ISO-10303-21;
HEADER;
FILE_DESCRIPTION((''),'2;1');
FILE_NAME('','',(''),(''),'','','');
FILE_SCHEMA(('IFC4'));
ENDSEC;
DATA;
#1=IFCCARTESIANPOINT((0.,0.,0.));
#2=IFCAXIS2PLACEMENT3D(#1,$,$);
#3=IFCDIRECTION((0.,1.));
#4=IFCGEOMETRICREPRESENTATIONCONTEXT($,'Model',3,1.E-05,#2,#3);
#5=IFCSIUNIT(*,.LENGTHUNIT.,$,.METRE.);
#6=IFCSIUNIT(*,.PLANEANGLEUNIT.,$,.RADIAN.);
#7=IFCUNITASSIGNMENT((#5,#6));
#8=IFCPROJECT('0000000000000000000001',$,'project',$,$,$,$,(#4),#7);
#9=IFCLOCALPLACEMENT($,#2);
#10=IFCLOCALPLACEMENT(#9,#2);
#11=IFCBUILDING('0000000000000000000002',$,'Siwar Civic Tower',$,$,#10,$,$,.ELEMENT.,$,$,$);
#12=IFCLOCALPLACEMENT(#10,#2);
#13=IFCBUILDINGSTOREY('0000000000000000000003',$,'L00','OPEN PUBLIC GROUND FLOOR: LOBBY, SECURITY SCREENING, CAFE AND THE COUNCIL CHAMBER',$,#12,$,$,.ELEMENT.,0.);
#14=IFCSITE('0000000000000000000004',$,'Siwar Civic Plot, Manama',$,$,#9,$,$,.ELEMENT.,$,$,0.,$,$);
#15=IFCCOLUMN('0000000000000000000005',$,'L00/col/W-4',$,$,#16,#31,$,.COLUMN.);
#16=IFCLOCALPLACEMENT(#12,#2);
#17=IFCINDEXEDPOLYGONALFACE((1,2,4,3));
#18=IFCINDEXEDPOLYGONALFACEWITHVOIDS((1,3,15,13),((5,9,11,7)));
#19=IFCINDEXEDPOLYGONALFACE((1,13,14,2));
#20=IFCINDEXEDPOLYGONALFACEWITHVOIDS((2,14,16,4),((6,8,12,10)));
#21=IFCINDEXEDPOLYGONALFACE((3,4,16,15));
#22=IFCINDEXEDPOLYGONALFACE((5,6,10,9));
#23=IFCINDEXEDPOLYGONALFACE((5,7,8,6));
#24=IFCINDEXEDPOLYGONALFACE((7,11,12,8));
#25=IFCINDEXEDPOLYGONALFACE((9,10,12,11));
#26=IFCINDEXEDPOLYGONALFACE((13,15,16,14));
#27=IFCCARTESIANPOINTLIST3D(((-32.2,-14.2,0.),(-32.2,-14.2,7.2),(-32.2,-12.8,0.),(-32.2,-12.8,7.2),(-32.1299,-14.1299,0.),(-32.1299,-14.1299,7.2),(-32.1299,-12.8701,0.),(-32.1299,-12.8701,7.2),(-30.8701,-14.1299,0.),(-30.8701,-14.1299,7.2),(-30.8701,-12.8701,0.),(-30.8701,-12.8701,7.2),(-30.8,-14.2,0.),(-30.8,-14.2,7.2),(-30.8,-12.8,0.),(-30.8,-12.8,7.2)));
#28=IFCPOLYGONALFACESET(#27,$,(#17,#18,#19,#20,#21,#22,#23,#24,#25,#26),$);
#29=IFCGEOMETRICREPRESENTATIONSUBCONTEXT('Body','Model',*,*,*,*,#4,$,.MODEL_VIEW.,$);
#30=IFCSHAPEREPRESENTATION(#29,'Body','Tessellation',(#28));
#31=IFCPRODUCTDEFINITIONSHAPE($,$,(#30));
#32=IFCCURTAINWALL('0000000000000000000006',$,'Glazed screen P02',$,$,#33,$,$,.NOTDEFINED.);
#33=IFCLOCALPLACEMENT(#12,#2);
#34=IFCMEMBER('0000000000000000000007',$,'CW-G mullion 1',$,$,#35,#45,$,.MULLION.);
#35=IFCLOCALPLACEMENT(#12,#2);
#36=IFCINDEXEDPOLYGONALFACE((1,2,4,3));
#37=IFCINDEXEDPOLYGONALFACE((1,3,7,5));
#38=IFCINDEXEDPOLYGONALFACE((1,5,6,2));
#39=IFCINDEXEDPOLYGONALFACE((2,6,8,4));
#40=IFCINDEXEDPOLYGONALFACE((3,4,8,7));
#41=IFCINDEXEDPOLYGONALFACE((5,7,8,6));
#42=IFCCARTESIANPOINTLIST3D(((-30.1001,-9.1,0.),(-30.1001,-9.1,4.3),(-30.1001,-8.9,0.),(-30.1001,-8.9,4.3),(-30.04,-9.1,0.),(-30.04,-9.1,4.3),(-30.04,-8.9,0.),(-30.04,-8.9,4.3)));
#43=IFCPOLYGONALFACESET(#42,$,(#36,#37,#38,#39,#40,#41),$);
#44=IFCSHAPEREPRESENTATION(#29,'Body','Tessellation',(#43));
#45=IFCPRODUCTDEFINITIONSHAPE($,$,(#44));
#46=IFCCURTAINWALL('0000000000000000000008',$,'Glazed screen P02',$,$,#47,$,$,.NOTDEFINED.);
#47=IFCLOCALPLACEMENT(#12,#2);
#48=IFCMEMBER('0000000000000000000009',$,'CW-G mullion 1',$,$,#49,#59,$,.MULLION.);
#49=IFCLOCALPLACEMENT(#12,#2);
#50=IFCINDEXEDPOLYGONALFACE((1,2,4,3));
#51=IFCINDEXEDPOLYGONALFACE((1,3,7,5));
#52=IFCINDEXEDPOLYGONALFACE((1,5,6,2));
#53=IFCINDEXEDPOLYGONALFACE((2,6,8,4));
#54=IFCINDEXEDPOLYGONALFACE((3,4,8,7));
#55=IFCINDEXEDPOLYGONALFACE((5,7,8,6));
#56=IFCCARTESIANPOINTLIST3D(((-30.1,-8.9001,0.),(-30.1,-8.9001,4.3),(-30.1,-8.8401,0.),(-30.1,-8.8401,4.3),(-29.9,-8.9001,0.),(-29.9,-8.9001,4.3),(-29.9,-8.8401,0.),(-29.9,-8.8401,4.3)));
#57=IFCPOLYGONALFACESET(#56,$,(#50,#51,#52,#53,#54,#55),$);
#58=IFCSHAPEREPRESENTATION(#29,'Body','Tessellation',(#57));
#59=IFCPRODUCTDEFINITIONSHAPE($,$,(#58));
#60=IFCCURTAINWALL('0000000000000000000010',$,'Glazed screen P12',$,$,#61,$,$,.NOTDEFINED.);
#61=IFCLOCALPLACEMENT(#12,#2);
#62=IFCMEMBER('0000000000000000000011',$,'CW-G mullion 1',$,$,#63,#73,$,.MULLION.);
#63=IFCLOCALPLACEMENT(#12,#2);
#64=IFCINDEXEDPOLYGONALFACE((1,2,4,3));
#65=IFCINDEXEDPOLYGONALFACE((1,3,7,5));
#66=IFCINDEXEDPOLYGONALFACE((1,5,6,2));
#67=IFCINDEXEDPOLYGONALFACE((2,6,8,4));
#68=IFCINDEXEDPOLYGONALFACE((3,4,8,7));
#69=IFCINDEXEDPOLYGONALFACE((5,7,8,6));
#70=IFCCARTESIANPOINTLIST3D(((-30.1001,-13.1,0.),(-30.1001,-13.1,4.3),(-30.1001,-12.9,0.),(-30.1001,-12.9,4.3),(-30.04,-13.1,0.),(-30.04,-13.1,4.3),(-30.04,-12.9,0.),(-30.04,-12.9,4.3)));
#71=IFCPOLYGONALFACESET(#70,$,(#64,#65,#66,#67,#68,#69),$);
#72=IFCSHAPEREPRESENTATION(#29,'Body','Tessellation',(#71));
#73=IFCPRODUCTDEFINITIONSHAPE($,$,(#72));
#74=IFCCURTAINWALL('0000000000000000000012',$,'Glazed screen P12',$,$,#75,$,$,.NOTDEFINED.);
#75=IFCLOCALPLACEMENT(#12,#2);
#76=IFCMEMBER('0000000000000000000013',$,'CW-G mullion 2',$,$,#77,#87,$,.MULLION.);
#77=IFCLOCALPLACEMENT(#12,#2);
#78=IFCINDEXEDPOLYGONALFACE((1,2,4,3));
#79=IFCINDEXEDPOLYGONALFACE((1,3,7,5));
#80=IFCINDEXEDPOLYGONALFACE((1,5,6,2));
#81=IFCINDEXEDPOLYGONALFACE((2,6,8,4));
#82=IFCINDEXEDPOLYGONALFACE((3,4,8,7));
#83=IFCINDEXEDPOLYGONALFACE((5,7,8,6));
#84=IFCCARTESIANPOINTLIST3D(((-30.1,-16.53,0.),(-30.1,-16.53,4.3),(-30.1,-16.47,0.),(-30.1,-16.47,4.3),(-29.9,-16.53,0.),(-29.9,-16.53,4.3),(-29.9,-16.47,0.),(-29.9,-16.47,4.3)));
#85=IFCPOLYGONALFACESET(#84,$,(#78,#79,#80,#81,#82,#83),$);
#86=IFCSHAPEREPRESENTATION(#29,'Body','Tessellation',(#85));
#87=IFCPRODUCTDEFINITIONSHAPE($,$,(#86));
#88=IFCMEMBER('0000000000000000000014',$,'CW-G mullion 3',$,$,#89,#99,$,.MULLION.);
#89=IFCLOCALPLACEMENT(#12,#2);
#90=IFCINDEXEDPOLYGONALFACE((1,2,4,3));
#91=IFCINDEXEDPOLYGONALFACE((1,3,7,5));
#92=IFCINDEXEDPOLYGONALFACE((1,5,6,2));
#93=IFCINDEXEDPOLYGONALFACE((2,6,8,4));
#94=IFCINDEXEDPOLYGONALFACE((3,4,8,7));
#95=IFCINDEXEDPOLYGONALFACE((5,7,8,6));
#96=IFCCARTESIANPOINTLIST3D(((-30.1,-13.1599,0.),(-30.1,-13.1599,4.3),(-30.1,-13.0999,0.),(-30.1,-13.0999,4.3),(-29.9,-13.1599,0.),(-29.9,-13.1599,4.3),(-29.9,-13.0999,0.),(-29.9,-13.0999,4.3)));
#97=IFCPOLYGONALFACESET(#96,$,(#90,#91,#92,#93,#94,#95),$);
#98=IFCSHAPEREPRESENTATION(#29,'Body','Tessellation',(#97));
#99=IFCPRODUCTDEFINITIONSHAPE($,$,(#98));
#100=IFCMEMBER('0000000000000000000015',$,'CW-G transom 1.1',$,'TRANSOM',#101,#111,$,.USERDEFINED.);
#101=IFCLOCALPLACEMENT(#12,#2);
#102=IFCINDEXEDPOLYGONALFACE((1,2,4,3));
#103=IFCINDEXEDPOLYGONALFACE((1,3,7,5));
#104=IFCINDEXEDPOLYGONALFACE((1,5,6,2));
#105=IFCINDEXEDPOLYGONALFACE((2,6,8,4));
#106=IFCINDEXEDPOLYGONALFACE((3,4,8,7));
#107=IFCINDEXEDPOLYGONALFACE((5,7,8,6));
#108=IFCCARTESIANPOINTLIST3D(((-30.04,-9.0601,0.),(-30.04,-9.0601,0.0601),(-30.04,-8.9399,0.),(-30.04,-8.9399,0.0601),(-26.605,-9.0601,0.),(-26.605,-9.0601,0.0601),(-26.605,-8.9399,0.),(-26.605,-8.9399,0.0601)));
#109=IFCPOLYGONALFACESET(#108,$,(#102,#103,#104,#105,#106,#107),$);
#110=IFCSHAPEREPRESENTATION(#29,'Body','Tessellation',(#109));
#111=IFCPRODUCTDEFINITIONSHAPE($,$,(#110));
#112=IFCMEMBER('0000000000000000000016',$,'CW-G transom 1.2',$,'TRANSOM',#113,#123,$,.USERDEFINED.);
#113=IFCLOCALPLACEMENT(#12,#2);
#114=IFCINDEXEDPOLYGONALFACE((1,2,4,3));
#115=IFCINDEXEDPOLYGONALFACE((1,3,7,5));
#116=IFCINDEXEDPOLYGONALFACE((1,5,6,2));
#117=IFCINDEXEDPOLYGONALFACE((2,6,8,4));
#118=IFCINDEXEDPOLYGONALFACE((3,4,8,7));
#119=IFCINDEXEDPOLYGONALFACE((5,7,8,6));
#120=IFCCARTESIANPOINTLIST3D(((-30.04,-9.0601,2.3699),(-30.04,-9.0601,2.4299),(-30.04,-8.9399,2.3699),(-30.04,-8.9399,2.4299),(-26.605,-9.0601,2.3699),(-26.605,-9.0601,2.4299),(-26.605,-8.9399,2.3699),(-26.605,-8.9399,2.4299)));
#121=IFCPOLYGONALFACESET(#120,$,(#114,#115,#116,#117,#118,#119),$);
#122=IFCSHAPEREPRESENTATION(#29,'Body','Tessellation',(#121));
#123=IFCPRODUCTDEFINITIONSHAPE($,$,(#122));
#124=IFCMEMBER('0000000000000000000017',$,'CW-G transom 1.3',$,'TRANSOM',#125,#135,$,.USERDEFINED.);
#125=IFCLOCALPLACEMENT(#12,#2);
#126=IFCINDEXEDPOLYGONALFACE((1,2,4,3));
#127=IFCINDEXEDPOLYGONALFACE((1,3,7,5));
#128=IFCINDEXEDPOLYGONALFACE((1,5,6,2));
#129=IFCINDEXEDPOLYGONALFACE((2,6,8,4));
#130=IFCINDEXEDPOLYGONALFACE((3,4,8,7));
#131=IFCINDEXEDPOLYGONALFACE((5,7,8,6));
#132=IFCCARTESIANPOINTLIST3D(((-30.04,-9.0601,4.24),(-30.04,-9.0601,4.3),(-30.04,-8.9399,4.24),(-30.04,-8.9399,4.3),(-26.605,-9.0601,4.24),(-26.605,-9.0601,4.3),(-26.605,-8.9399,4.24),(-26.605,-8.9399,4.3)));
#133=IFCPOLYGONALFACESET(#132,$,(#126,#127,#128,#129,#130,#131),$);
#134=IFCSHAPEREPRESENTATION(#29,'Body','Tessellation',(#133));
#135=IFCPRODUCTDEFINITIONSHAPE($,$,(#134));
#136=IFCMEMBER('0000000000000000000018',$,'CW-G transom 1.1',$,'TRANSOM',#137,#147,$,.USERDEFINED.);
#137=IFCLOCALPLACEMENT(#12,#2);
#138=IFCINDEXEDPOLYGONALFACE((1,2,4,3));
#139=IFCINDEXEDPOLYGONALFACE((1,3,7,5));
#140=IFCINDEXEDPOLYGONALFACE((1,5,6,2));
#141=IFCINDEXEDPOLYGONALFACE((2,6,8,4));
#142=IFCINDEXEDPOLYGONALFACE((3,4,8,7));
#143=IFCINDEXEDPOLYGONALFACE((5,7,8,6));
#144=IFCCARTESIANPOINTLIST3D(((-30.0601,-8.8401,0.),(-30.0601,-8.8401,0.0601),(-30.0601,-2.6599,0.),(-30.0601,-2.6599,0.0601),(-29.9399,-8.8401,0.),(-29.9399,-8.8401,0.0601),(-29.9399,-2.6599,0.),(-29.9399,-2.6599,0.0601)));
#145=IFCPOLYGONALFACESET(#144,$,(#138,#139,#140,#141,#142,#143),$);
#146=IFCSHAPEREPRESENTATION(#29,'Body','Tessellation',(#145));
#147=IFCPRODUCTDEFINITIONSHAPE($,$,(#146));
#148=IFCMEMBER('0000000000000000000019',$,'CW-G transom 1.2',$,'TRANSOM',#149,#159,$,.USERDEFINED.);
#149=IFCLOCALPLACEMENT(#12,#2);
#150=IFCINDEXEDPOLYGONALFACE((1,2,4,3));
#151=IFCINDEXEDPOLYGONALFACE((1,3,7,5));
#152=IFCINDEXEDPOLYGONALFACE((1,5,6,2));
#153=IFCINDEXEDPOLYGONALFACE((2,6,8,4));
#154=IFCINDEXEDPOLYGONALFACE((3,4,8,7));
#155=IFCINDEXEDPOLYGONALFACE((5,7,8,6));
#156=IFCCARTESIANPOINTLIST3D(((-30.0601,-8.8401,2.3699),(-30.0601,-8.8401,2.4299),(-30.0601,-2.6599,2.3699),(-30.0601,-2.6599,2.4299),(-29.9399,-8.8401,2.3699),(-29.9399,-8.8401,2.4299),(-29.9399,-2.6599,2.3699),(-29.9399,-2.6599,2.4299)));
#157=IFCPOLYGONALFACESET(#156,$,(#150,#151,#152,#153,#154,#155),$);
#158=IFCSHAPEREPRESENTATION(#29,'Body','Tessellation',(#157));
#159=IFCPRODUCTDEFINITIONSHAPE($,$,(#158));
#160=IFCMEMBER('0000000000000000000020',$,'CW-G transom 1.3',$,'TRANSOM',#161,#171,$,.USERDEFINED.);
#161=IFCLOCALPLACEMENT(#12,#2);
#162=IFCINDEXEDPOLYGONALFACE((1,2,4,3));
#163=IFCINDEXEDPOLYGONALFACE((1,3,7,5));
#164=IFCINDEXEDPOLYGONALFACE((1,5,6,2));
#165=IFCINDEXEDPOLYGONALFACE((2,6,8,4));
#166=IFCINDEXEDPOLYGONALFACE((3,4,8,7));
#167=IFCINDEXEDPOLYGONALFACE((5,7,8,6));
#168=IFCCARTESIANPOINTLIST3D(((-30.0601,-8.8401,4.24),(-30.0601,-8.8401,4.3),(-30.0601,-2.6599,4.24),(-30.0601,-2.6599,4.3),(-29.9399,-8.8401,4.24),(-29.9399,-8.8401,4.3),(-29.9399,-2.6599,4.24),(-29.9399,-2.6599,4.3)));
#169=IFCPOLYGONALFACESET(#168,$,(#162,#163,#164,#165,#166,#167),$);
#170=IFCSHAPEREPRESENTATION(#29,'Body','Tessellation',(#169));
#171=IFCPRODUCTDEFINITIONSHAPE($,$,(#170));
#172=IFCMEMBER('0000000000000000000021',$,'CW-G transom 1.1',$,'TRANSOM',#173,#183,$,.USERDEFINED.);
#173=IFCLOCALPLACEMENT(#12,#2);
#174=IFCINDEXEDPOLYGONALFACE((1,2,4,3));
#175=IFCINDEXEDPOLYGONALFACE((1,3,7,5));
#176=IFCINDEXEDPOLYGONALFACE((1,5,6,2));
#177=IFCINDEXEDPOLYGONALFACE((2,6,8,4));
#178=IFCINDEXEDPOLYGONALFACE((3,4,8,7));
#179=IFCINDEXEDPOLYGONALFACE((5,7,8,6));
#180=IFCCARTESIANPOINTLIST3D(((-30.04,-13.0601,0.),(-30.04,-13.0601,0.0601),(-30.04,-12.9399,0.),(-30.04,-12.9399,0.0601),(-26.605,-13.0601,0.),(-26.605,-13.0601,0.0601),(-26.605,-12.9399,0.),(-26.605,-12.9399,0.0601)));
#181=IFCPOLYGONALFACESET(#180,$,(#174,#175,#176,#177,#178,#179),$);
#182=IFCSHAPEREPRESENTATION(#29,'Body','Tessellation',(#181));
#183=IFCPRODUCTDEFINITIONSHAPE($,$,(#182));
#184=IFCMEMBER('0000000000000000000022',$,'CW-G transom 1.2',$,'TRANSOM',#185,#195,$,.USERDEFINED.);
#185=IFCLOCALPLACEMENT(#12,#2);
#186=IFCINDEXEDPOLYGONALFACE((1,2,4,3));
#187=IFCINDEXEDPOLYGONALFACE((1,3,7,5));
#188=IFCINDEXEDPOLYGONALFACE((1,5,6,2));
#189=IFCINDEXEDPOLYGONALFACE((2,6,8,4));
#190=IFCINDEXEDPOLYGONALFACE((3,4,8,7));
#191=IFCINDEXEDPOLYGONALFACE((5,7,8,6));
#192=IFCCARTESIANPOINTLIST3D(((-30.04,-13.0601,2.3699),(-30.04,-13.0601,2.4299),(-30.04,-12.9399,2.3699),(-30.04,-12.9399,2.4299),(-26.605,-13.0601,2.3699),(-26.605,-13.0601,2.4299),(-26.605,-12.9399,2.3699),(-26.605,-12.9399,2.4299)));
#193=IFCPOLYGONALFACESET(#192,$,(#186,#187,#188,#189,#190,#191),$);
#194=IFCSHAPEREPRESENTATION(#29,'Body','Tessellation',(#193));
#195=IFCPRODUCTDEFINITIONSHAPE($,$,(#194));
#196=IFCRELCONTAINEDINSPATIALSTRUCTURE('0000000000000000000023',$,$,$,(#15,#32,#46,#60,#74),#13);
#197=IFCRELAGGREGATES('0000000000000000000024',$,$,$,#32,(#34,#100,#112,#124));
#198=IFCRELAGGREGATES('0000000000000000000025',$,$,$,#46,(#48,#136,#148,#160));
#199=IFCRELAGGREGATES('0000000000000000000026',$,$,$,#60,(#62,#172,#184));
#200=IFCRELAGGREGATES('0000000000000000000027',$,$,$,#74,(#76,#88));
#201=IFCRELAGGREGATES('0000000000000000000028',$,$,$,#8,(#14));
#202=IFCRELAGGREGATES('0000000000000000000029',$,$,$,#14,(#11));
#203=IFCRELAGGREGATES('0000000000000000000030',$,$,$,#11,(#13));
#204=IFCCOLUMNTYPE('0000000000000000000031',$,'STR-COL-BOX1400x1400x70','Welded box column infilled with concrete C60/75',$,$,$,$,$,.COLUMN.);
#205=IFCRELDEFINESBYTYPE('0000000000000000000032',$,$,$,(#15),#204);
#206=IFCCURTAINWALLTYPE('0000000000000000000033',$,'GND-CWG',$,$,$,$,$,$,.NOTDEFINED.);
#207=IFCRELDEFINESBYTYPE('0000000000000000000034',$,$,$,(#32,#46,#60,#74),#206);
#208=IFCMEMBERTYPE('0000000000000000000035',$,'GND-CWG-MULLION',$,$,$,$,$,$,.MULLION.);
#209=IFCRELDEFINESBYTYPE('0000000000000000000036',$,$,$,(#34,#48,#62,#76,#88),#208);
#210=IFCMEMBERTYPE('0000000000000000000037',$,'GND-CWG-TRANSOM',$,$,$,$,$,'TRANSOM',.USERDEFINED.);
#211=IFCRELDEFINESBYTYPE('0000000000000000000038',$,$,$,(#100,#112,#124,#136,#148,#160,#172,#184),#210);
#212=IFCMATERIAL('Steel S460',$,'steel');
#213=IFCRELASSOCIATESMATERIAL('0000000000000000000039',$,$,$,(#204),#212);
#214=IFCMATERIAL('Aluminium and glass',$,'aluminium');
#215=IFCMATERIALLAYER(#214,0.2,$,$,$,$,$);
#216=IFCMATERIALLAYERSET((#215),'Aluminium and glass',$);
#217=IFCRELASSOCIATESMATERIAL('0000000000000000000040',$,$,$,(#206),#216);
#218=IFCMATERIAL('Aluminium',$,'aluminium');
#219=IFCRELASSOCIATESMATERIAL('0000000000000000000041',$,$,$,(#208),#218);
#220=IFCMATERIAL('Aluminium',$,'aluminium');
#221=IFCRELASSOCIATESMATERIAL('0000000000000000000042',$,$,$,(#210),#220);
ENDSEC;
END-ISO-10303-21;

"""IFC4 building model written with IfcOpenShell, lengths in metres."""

from ifc_helpers import new_model, si_unit, direction, frame, origin, origin_2d, place, context, subcontext, project, spatial, rectangle, hollow_rectangle, extrude, material, layer, layer_set, material_profile, profile_set, type_object, element, aggregate, save


model = new_model("IFC4")

# Units and contexts
model_context = context("Model", 3, precision=1e-05, world=origin(), true_north=direction((0.0, 1.0)))
body_context = subcontext(model_context, "Body", "Model", "MODEL_VIEW")
ifc_project = project(units=[si_unit("LENGTHUNIT", "METRE"), si_unit("PLANEANGLEUNIT", "RADIAN")], contexts=[model_context])

# Site, building, storey
site_placement = place(None, origin())
site = spatial("IfcSite", under=ifc_project, at=site_placement, Name="Siwar Civic Plot, Manama", CompositionType="ELEMENT", RefElevation=0.0)
building_placement = place(site_placement, origin())
building = spatial("IfcBuilding", under=site, at=building_placement, Name="Siwar Civic Tower", CompositionType="ELEMENT")
storey_placement = place(building_placement, origin())
storey = spatial("IfcBuildingStorey", under=building, at=storey_placement, Name="L00", Description="OPEN PUBLIC GROUND FLOOR: LOBBY, SECURITY SCREENING, CAFE AND THE COUNCIL CHAMBER", CompositionType="ELEMENT", Elevation=0.0)

# Column
ifc_material_1 = material(Name="Steel S460", Category="steel")
ifc_material_profile_1 = material_profile(ifc_material_1, hollow_rectangle(XDim=1.3999, YDim=1.3999, WallThickness=0.0701, at=origin_2d()), Name="BOX1400x1400x70")
ifc_profile_set_1 = profile_set([ifc_material_profile_1], Name="Steel S460")
column_type = type_object("IfcColumnType", Name="STR-COL-BOX1400x1400x70", Description="Welded box column infilled with concrete C60/75", PredefinedType="COLUMN", material=ifc_profile_set_1)
column_placement = place(storey_placement, frame((-31.5, -13.5, 0.0), z_axis=(0.0, 0.0, 1.0), x_axis=(1.0, 0.0, 0.0)))
element("IfcColumn", 1, at=column_placement, inside=storey, type_object=column_type, Name="L00/col/W-4", PredefinedType="COLUMN", context=body_context, shape_type="SweptSolid", body=[
    extrude(hollow_rectangle(XDim=1.3999, YDim=1.3999, WallThickness=0.0701, at=origin_2d()), origin(), (0.0, 0.0, 1.0), 7.2),
])

# Curtain walls, members
ifc_material_2 = material(Name="Aluminium and glass", Category="aluminium")
ifc_layer_1 = layer(ifc_material_2, 0.2)
ifc_layer_set_1 = layer_set([ifc_layer_1], Name="Aluminium and glass")
curtain_wall_type = type_object("IfcCurtainWallType", Name="GND-CWG", PredefinedType="NOTDEFINED", material=ifc_layer_set_1)
curtain_wall_1_placement = place(storey_placement, origin())
curtain_wall_1 = element("IfcCurtainWall", 2, at=curtain_wall_1_placement, inside=storey, type_object=curtain_wall_type, Name="Glazed screen P02", PredefinedType="NOTDEFINED")
ifc_material_3 = material(Name="Aluminium", Category="aluminium")
ifc_material_profile_2 = material_profile(ifc_material_3, rectangle(XDim=0.2, YDim=0.0601, at=origin_2d()), Name="AL 200x60")
ifc_profile_set_2 = profile_set([ifc_material_profile_2], Name="Aluminium")
member_type_1 = type_object("IfcMemberType", Name="GND-CWG-MULLION", PredefinedType="MULLION", material=ifc_profile_set_2)
member_1_placement = place(storey_placement, frame((-30.0701, -9.0, 0.0), z_axis=(0.0, 0.0, 1.0), x_axis=(0.0, 1.0, 0.0)))
member_1 = element("IfcMember", 3, at=member_1_placement, type_object=member_type_1, Name="CW-G mullion 1", PredefinedType="MULLION", context=body_context, shape_type="SweptSolid", body=[
    extrude(rectangle(XDim=0.2, YDim=0.0601, at=origin_2d()), origin(), (0.0, 0.0, 1.0), 4.3),
])
curtain_wall_2_placement = place(storey_placement, origin())
curtain_wall_2 = element("IfcCurtainWall", 4, at=curtain_wall_2_placement, inside=storey, type_object=curtain_wall_type, Name="Glazed screen P02", PredefinedType="NOTDEFINED")
member_2_placement = place(storey_placement, frame((-30.0, -8.8701, 0.0), z_axis=(0.0, 0.0, 1.0), x_axis=(-1.0, 0.0, 0.0)))
member_2 = element("IfcMember", 5, at=member_2_placement, type_object=member_type_1, Name="CW-G mullion 1", PredefinedType="MULLION", context=body_context, shape_type="SweptSolid", body=[
    extrude(rectangle(XDim=0.2, YDim=0.0601, at=origin_2d()), origin(), (0.0, 0.0, 1.0), 4.3),
])
curtain_wall_3_placement = place(storey_placement, origin())
curtain_wall_3 = element("IfcCurtainWall", 6, at=curtain_wall_3_placement, inside=storey, type_object=curtain_wall_type, Name="Glazed screen P12", PredefinedType="NOTDEFINED")
member_3_placement = place(storey_placement, frame((-30.0701, -13.0, 0.0), z_axis=(0.0, 0.0, 1.0), x_axis=(0.0, 1.0, 0.0)))
member_3 = element("IfcMember", 7, at=member_3_placement, type_object=member_type_1, Name="CW-G mullion 1", PredefinedType="MULLION", context=body_context, shape_type="SweptSolid", body=[
    extrude(rectangle(XDim=0.2, YDim=0.0601, at=origin_2d()), origin(), (0.0, 0.0, 1.0), 4.3),
])

# Curtain wall, members
curtain_wall_4_placement = place(storey_placement, origin())
curtain_wall_4 = element("IfcCurtainWall", 8, at=curtain_wall_4_placement, inside=storey, type_object=curtain_wall_type, Name="Glazed screen P12", PredefinedType="NOTDEFINED")
member_4_placement = place(storey_placement, frame((-30.0, -16.5, 0.0), z_axis=(0.0, 0.0, 1.0), x_axis=(-1.0, 0.0, 0.0)))
member_4 = element("IfcMember", 9, at=member_4_placement, type_object=member_type_1, Name="CW-G mullion 2", PredefinedType="MULLION", context=body_context, shape_type="SweptSolid", body=[
    extrude(rectangle(XDim=0.2, YDim=0.0601, at=origin_2d()), origin(), (0.0, 0.0, 1.0), 4.3),
])
member_5_placement = place(storey_placement, frame((-30.0, -13.1299, 0.0), z_axis=(0.0, 0.0, 1.0), x_axis=(-1.0, 0.0, 0.0)))
member_5 = element("IfcMember", 10, at=member_5_placement, type_object=member_type_1, Name="CW-G mullion 3", PredefinedType="MULLION", context=body_context, shape_type="SweptSolid", body=[
    extrude(rectangle(XDim=0.2, YDim=0.0601, at=origin_2d()), origin(), (0.0, 0.0, 1.0), 4.3),
])

# Members
ifc_material_4 = material(Name="Aluminium", Category="aluminium")
ifc_material_profile_3 = material_profile(ifc_material_4, rectangle(XDim=0.1201, YDim=0.0601, at=origin_2d()), Name="AL 120x60")
ifc_profile_set_3 = profile_set([ifc_material_profile_3], Name="Aluminium")
member_type_2 = type_object("IfcMemberType", Name="GND-CWG-TRANSOM", ElementType="TRANSOM", PredefinedType="USERDEFINED", material=ifc_profile_set_3)
member_6_placement = place(storey_placement, frame((-30.04, -9.0, 0.03), z_axis=(1.0, 0.0, 0.0), x_axis=(0.0, 1.0, 0.0)))
member_6 = element("IfcMember", 11, at=member_6_placement, type_object=member_type_2, Name="CW-G transom 1.1", ObjectType="TRANSOM", PredefinedType="USERDEFINED", context=body_context, shape_type="SweptSolid", body=[
    extrude(rectangle(XDim=0.1201, YDim=0.0601, at=origin_2d()), origin(), (0.0, 0.0, 1.0), 3.4351),
])
member_7_placement = place(storey_placement, frame((-30.04, -9.0, 2.3999), z_axis=(1.0, 0.0, 0.0), x_axis=(0.0, 1.0, 0.0)))
member_7 = element("IfcMember", 12, at=member_7_placement, type_object=member_type_2, Name="CW-G transom 1.2", ObjectType="TRANSOM", PredefinedType="USERDEFINED", context=body_context, shape_type="SweptSolid", body=[
    extrude(rectangle(XDim=0.1201, YDim=0.0601, at=origin_2d()), origin(), (0.0, 0.0, 1.0), 3.4351),
])
member_8_placement = place(storey_placement, frame((-30.04, -9.0, 4.27), z_axis=(1.0, 0.0, 0.0), x_axis=(0.0, 1.0, 0.0)))
member_8 = element("IfcMember", 13, at=member_8_placement, type_object=member_type_2, Name="CW-G transom 1.3", ObjectType="TRANSOM", PredefinedType="USERDEFINED", context=body_context, shape_type="SweptSolid", body=[
    extrude(rectangle(XDim=0.1201, YDim=0.0601, at=origin_2d()), origin(), (0.0, 0.0, 1.0), 3.4351),
])
aggregate(curtain_wall_1, [member_1, member_6, member_7, member_8])
member_9_placement = place(storey_placement, frame((-30.0, -8.8401, 0.03), z_axis=(0.0, 1.0, 0.0), x_axis=(-1.0, 0.0, 0.0)))
member_9 = element("IfcMember", 14, at=member_9_placement, type_object=member_type_2, Name="CW-G transom 1.1", ObjectType="TRANSOM", PredefinedType="USERDEFINED", context=body_context, shape_type="SweptSolid", body=[
    extrude(rectangle(XDim=0.1201, YDim=0.0601, at=origin_2d()), origin(), (0.0, 0.0, 1.0), 6.1802),
])
member_10_placement = place(storey_placement, frame((-30.0, -8.8401, 2.3999), z_axis=(0.0, 1.0, 0.0), x_axis=(-1.0, 0.0, 0.0)))
member_10 = element("IfcMember", 15, at=member_10_placement, type_object=member_type_2, Name="CW-G transom 1.2", ObjectType="TRANSOM", PredefinedType="USERDEFINED", context=body_context, shape_type="SweptSolid", body=[
    extrude(rectangle(XDim=0.1201, YDim=0.0601, at=origin_2d()), origin(), (0.0, 0.0, 1.0), 6.1802),
])
member_11_placement = place(storey_placement, frame((-30.0, -8.8401, 4.27), z_axis=(0.0, 1.0, 0.0), x_axis=(-1.0, 0.0, 0.0)))
member_11 = element("IfcMember", 16, at=member_11_placement, type_object=member_type_2, Name="CW-G transom 1.3", ObjectType="TRANSOM", PredefinedType="USERDEFINED", context=body_context, shape_type="SweptSolid", body=[
    extrude(rectangle(XDim=0.1201, YDim=0.0601, at=origin_2d()), origin(), (0.0, 0.0, 1.0), 6.1802),
])
aggregate(curtain_wall_2, [member_2, member_9, member_10, member_11])
member_12_placement = place(storey_placement, frame((-30.04, -13.0, 0.03), z_axis=(1.0, 0.0, 0.0), x_axis=(0.0, 1.0, 0.0)))
member_12 = element("IfcMember", 17, at=member_12_placement, type_object=member_type_2, Name="CW-G transom 1.1", ObjectType="TRANSOM", PredefinedType="USERDEFINED", context=body_context, shape_type="SweptSolid", body=[
    extrude(rectangle(XDim=0.1201, YDim=0.0601, at=origin_2d()), origin(), (0.0, 0.0, 1.0), 3.4351),
])
member_13_placement = place(storey_placement, frame((-30.04, -13.0, 2.3999), z_axis=(1.0, 0.0, 0.0), x_axis=(0.0, 1.0, 0.0)))
member_13 = element("IfcMember", 18, at=member_13_placement, type_object=member_type_2, Name="CW-G transom 1.2", ObjectType="TRANSOM", PredefinedType="USERDEFINED", context=body_context, shape_type="SweptSolid", body=[
    extrude(rectangle(XDim=0.1201, YDim=0.0601, at=origin_2d()), origin(), (0.0, 0.0, 1.0), 3.4351),
])

aggregate(curtain_wall_3, [member_3, member_12, member_13])
aggregate(curtain_wall_4, [member_4, member_5])

save(model, "model.ifc")
